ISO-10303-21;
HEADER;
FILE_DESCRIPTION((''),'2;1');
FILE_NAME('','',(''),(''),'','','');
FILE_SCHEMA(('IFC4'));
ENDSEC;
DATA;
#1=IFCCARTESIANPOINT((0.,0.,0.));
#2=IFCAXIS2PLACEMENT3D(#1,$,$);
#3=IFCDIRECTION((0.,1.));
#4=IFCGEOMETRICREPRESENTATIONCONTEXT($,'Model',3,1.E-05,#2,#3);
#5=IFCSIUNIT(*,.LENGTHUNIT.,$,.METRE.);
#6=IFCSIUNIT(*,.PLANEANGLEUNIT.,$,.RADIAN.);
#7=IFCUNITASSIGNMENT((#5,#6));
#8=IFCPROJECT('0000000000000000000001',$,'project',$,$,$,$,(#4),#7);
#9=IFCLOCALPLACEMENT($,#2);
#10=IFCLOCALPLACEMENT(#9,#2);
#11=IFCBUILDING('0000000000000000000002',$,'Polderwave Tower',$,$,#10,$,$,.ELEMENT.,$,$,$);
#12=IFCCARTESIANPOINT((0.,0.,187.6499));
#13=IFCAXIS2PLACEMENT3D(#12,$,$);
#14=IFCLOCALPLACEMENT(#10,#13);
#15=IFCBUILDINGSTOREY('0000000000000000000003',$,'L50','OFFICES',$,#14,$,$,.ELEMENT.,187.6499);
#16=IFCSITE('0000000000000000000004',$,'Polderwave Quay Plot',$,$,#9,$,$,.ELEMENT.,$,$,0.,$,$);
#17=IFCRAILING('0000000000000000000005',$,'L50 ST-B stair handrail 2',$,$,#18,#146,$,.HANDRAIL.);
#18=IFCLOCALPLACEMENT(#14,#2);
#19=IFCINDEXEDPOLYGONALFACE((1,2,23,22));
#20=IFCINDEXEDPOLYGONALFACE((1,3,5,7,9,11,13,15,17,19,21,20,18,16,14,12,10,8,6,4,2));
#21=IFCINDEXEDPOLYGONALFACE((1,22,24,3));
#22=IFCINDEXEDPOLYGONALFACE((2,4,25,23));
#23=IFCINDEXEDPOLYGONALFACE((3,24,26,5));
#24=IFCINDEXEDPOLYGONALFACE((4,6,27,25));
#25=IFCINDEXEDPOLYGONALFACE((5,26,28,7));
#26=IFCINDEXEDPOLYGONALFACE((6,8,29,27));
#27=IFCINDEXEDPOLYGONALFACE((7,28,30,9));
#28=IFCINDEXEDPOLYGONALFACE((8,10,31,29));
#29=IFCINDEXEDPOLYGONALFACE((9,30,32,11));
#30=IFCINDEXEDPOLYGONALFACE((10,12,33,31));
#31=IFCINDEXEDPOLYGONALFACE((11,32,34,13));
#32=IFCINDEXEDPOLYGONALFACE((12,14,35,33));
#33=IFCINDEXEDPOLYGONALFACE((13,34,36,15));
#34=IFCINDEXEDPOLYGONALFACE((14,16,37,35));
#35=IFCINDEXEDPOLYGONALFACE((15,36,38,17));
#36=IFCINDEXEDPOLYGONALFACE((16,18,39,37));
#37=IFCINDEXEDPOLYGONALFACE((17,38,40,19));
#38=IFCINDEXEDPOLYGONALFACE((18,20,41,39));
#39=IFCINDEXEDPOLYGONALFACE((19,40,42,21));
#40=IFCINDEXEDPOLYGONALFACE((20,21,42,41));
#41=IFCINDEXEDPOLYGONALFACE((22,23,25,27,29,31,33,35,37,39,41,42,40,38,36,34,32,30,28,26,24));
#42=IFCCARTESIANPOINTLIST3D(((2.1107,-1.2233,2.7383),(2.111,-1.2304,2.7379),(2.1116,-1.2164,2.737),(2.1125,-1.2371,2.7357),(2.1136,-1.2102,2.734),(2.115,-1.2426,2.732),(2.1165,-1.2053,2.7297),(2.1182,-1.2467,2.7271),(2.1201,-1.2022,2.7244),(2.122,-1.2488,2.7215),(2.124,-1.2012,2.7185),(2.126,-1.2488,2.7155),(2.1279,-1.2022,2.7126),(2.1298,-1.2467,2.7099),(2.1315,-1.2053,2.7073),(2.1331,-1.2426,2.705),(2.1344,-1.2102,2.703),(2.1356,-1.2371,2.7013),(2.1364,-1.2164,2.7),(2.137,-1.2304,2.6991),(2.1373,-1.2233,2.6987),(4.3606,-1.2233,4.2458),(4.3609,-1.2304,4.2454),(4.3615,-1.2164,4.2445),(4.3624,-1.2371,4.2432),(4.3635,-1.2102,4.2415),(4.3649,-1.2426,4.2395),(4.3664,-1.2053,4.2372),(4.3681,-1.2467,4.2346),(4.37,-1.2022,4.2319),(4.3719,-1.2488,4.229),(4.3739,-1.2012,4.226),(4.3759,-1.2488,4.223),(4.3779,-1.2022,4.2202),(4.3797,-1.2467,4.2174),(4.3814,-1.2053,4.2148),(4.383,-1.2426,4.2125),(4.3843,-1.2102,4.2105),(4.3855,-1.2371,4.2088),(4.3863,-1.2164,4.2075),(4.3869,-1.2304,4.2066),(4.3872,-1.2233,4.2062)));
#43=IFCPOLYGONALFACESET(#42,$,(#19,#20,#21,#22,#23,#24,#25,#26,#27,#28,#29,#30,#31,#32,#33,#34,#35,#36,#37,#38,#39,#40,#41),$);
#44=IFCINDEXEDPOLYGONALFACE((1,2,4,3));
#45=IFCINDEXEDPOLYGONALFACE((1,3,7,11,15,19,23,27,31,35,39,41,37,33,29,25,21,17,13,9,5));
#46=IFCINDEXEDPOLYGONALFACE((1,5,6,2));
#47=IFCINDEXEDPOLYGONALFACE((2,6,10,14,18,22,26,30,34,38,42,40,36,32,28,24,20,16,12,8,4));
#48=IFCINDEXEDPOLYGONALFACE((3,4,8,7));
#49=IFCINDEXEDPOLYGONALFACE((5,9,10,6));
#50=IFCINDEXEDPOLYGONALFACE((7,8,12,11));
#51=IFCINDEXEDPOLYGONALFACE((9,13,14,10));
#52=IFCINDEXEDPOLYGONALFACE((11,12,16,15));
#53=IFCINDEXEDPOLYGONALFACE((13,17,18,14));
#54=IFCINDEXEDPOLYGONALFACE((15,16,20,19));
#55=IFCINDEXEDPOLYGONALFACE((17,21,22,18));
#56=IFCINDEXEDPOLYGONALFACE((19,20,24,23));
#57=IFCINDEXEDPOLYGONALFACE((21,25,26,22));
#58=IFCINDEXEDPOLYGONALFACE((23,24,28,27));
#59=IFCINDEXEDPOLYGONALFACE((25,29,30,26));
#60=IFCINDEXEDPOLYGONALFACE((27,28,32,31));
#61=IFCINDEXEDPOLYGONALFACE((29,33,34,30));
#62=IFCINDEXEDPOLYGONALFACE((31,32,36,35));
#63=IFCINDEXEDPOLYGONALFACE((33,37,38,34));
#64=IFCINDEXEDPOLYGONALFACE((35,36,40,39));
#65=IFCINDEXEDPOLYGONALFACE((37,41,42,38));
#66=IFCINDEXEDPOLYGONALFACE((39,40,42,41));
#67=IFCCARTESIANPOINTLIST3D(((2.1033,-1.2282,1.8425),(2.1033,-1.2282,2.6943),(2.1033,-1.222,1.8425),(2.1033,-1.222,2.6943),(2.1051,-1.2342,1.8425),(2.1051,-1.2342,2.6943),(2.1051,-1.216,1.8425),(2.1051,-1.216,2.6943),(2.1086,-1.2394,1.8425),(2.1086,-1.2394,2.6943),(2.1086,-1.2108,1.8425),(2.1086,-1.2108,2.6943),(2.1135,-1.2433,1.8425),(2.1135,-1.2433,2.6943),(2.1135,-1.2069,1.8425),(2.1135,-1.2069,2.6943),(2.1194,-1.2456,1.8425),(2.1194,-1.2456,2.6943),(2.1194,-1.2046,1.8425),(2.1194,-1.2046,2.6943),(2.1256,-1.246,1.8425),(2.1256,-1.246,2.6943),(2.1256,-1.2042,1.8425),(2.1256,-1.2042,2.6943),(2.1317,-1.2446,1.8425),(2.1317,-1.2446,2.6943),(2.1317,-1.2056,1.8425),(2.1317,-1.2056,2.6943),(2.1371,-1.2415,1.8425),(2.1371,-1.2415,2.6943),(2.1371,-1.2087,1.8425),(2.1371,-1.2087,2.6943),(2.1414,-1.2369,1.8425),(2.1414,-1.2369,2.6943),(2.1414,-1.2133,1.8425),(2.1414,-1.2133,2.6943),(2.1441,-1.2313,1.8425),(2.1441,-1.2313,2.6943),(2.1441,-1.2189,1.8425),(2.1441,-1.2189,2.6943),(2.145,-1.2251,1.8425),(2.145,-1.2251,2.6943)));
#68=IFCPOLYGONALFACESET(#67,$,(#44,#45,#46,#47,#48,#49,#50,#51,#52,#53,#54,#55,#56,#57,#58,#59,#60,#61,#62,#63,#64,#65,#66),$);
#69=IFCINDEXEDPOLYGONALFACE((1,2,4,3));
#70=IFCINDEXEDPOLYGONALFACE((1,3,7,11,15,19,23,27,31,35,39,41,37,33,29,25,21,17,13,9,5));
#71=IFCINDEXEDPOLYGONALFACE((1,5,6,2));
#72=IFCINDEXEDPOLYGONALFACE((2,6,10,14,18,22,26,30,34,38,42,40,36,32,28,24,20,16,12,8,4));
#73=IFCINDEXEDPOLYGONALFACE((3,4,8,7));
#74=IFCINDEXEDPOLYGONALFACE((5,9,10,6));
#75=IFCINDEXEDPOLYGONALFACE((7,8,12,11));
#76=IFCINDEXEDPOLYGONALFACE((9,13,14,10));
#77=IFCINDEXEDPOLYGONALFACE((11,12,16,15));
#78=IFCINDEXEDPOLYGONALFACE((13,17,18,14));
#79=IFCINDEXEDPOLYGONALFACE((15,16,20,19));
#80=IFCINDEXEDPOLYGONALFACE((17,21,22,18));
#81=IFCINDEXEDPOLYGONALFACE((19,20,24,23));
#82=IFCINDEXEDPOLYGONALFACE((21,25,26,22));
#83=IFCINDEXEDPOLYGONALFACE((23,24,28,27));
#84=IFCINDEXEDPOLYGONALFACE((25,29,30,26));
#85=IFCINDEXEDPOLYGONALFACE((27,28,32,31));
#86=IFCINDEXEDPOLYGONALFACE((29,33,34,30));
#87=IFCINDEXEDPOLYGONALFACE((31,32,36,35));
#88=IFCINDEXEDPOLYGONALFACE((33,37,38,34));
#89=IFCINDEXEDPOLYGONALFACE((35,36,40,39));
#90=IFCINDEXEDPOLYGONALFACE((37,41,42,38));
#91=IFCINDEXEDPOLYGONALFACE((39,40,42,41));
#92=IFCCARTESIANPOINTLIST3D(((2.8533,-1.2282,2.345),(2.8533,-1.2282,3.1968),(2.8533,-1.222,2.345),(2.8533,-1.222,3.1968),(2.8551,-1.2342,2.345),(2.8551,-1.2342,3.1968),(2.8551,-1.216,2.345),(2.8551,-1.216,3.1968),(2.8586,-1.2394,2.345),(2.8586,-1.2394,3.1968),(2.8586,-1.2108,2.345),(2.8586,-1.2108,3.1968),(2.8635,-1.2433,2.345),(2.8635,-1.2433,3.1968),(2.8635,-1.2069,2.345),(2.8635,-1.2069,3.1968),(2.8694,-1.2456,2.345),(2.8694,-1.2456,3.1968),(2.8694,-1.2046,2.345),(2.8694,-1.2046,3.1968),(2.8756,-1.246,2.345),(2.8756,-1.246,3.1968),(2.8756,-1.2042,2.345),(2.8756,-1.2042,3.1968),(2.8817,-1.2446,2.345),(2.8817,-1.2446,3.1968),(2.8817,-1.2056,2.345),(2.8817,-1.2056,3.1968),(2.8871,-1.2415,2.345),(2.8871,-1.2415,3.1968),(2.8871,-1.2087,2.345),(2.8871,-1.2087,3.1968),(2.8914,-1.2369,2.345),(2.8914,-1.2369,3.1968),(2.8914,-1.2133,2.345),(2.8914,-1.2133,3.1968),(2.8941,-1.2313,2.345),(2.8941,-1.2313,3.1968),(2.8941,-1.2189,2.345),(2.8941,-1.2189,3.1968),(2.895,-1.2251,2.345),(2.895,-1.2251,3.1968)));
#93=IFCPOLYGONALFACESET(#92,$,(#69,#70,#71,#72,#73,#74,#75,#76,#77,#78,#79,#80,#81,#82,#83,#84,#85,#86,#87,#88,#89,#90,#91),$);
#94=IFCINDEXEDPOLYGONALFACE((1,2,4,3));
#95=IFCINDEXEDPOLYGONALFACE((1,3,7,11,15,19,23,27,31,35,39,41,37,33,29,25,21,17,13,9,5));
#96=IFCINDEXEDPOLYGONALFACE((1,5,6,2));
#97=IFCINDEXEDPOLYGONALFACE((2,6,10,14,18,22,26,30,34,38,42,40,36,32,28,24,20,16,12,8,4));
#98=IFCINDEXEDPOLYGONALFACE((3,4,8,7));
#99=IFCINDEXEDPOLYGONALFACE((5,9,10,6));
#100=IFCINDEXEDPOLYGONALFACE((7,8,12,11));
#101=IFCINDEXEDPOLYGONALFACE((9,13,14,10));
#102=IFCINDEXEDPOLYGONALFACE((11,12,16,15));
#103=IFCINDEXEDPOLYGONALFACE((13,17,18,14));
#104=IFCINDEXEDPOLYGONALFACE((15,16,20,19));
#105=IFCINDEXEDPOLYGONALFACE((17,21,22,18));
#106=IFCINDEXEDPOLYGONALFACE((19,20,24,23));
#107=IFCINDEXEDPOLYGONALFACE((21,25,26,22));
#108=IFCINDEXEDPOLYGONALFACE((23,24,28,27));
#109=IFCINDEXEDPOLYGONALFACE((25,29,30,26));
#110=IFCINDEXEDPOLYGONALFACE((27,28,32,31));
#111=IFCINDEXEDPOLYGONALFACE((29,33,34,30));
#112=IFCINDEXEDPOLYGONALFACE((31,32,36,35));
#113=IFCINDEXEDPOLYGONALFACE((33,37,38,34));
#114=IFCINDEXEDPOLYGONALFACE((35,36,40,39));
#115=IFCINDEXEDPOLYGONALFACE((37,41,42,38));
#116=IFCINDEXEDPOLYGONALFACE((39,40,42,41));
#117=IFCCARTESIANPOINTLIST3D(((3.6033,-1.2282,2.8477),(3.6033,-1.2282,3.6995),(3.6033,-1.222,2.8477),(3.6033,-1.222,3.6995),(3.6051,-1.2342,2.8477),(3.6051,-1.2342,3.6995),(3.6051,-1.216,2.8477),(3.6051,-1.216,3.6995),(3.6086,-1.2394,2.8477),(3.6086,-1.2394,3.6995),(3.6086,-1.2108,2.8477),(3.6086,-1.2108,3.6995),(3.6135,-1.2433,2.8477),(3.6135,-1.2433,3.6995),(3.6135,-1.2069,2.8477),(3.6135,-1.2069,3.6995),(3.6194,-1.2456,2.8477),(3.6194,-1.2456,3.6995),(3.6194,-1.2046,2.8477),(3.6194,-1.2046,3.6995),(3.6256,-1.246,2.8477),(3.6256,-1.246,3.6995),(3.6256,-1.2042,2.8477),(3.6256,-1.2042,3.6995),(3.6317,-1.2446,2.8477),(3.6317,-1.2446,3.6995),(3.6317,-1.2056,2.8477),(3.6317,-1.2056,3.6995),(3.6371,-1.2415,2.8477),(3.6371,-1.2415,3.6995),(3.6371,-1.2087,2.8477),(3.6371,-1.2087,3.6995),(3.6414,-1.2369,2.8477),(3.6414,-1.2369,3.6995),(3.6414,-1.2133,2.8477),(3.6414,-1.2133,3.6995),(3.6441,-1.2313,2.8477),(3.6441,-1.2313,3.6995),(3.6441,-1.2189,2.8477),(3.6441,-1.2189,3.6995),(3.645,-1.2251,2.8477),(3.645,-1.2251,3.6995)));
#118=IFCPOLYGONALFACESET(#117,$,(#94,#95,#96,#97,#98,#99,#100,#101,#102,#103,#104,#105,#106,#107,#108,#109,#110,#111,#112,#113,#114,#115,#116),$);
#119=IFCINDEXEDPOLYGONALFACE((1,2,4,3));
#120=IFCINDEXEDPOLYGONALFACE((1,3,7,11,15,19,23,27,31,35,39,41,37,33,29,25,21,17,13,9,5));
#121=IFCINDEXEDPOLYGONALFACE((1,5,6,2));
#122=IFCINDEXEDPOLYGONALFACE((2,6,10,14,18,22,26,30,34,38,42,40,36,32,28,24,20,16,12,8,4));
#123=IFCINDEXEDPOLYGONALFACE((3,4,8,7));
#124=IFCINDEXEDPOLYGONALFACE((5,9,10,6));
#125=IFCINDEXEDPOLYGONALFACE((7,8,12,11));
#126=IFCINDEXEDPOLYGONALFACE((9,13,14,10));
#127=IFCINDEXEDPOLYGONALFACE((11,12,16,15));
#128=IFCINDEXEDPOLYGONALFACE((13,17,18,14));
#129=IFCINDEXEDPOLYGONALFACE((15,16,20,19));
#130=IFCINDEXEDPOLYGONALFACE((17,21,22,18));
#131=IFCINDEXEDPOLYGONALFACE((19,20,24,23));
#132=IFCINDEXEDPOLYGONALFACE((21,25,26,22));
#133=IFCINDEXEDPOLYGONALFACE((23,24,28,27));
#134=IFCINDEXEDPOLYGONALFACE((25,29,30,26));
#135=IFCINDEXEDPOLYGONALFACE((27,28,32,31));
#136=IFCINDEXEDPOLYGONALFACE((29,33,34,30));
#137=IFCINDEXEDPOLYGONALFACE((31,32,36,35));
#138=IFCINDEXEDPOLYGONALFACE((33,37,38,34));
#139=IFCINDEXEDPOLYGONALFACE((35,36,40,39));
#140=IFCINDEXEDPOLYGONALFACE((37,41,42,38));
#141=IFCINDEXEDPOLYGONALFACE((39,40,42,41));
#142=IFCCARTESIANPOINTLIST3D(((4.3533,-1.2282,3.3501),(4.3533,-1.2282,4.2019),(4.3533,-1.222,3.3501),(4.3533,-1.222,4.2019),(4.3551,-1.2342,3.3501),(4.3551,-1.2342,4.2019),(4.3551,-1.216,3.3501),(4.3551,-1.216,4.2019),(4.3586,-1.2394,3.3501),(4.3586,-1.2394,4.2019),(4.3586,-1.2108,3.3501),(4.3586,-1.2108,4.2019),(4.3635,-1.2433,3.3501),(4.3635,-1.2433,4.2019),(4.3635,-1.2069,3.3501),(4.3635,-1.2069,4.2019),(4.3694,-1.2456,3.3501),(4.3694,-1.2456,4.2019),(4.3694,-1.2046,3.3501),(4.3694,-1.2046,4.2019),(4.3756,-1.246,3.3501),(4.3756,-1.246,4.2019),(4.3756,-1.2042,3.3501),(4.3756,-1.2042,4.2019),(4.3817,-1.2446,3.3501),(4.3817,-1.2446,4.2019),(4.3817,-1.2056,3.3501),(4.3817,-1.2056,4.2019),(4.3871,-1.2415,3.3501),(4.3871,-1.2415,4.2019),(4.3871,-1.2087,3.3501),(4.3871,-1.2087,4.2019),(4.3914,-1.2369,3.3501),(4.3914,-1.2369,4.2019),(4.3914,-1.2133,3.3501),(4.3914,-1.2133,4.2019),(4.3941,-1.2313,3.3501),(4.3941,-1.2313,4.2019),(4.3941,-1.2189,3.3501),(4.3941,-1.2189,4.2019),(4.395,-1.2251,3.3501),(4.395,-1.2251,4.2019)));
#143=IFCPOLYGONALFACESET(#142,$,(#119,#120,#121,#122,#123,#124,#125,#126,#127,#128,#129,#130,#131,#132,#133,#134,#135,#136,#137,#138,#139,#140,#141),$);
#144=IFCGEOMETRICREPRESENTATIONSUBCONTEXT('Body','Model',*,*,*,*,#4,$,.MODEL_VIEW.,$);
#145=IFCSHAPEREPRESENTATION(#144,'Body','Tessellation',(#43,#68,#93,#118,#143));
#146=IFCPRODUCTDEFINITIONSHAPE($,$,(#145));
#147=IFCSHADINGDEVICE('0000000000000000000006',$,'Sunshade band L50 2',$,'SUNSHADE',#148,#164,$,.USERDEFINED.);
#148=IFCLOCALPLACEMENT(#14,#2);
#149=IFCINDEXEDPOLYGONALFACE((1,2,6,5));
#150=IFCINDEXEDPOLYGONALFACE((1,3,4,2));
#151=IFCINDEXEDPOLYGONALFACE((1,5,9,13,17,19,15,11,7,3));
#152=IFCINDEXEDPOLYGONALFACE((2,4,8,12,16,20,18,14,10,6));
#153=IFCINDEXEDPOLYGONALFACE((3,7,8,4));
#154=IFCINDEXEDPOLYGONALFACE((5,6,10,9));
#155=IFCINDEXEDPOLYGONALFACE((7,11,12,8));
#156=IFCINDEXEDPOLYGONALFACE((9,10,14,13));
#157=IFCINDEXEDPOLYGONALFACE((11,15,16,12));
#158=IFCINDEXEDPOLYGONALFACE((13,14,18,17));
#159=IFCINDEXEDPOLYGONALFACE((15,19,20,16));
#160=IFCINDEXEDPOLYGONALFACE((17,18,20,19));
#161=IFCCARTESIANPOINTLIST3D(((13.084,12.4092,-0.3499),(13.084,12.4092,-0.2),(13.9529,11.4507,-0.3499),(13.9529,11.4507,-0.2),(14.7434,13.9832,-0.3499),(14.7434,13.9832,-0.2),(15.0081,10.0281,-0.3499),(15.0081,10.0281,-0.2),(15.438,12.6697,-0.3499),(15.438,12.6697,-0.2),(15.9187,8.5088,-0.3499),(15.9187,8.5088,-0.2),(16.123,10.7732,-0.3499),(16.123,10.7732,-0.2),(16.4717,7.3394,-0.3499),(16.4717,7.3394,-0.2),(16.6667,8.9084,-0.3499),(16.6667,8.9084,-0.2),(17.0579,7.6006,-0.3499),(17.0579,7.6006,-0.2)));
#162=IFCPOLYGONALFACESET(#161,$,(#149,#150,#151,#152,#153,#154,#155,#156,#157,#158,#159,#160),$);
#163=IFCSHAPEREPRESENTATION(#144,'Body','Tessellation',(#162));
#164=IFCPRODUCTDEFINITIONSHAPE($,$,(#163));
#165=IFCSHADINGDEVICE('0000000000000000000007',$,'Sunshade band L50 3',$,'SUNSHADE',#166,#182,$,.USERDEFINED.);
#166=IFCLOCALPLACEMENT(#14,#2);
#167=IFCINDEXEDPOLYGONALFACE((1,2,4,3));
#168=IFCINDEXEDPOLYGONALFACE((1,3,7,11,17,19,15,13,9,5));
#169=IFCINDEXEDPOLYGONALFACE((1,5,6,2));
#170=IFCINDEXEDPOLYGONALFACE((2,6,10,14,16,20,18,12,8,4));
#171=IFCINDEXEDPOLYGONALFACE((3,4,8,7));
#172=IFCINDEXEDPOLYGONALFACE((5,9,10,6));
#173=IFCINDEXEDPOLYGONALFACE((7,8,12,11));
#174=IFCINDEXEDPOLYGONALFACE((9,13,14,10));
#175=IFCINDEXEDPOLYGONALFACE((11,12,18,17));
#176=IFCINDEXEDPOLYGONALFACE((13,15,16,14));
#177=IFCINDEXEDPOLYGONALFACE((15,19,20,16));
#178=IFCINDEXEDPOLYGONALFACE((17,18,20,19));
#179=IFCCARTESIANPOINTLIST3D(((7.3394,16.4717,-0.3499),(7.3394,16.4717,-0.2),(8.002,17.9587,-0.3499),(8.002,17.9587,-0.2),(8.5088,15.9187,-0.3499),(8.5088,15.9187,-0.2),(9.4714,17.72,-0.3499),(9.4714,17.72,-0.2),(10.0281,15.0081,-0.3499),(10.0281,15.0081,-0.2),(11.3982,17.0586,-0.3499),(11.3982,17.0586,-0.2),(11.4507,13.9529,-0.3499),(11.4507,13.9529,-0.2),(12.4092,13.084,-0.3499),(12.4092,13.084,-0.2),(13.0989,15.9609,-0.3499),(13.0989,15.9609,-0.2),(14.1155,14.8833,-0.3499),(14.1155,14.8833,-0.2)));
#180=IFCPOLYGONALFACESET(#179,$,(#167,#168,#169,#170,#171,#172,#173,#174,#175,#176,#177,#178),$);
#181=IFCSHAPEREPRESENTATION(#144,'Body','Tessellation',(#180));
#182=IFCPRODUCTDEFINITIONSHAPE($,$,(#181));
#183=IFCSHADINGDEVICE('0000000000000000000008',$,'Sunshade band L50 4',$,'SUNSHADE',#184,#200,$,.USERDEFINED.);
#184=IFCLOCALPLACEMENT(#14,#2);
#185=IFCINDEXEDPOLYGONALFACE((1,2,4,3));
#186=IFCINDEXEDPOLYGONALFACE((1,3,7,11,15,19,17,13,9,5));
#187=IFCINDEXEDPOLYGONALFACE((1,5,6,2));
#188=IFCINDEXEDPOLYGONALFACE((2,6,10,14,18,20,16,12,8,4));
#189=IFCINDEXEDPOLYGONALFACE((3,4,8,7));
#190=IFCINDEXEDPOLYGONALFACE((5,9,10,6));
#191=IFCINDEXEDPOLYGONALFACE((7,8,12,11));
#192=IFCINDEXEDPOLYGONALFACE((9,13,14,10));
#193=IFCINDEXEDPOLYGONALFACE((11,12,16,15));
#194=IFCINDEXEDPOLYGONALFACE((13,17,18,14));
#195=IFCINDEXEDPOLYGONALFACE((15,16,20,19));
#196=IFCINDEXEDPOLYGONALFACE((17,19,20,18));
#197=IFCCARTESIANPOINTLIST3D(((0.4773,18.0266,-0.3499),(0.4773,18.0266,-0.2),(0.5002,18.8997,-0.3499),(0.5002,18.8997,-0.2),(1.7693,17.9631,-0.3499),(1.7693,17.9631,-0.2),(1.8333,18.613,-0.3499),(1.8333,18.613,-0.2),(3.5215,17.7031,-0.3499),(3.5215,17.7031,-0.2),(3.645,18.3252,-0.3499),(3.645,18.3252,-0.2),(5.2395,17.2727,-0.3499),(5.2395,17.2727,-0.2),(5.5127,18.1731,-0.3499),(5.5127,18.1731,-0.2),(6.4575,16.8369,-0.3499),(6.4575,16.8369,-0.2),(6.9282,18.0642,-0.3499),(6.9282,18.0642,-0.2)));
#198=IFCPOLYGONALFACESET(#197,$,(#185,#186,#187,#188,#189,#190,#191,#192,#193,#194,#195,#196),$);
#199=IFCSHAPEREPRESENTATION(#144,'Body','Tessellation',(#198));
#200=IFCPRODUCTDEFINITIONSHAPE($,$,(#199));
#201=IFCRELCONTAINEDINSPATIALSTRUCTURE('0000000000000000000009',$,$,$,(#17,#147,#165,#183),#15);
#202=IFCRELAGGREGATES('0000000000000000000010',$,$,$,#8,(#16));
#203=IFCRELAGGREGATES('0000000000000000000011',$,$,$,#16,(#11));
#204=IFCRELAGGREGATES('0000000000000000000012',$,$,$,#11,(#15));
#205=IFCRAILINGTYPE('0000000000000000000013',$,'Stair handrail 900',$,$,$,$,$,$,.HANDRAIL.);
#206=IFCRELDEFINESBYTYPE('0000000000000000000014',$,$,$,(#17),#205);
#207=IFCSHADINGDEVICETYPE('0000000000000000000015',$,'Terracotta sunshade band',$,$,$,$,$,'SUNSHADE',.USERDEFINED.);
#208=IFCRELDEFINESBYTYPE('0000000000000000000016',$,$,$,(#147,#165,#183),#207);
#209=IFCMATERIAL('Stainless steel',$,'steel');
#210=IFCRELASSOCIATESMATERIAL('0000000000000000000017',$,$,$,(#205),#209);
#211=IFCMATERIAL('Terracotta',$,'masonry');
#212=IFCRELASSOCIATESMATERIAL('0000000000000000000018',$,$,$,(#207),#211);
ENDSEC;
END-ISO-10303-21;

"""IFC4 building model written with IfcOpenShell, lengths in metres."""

from ifc_helpers import new_model, si_unit, direction, frame, origin, origin_2d, place, context, subcontext, project, spatial, polyline, circle, outline, extrude, material, type_object, element, save


model = new_model("IFC4")

# Units and contexts
model_context = context("Model", 3, precision=1e-05, world=origin(), true_north=direction((0.0, 1.0)))
body_context = subcontext(model_context, "Body", "Model", "MODEL_VIEW")
ifc_project = project(units=[si_unit("LENGTHUNIT", "METRE"), si_unit("PLANEANGLEUNIT", "RADIAN")], contexts=[model_context])

# Site, building, storey
site_placement = place(None, origin())
site = spatial("IfcSite", under=ifc_project, at=site_placement, Name="Polderwave Quay Plot", CompositionType="ELEMENT", RefElevation=0.0)
building_placement = place(site_placement, origin())
building = spatial("IfcBuilding", under=site, at=building_placement, Name="Polderwave Tower", CompositionType="ELEMENT")
storey_placement = place(building_placement, frame((0.0, 0.0, 187.6499)))
storey = spatial("IfcBuildingStorey", under=building, at=storey_placement, Name="L50", Description="OFFICES", CompositionType="ELEMENT", Elevation=187.6499)

# Railing
ifc_material_1 = material(Name="Stainless steel", Category="steel")
railing_type_1 = type_object("IfcRailingType", Name="Stair handrail 900", PredefinedType="HANDRAIL", material=ifc_material_1)
railing_1_placement = place(storey_placement, frame((2.124, -1.2251, 1.8425)))
element("IfcRailing", 1, at=railing_1_placement, inside=storey, type_object=railing_type_1, Name="L50 ST-B stair handrail 2", PredefinedType="HANDRAIL", context=body_context, shape_type="SweptSolid", body=[
    extrude(circle(Radius=0.0239, at=origin_2d()), frame((0.0, 0.0, 0.876), z_axis=(0.830758, 0.0, 0.556633), x_axis=(0.0, 1.0, 0.0)), (0.0, 0.0, 1.0), 2.7083),
    extrude(circle(Radius=0.021, at=origin_2d()), origin(), (0.0, 0.0, 1.0), 0.8518),
    extrude(circle(Radius=0.021, at=origin_2d()), frame((0.75, 0.0, 0.5024)), (0.0, 0.0, 1.0), 0.8518),
    extrude(circle(Radius=0.021, at=origin_2d()), frame((1.5, 0.0, 1.0051)), (0.0, 0.0, 1.0), 0.8518),
    extrude(circle(Radius=0.021, at=origin_2d()), frame((2.25, 0.0, 1.5076)), (0.0, 0.0, 1.0), 0.8518),
])

# Shading devices
ifc_material_2 = material(Name="Terracotta", Category="masonry")
shading_device_type = type_object("IfcShadingDeviceType", Name="Terracotta sunshade band", ElementType="SUNSHADE", PredefinedType="USERDEFINED", material=ifc_material_2)
shading_device_1_placement = place(storey_placement, frame((0.0, 0.0, -0.3499)))
element("IfcShadingDevice", 2, at=shading_device_1_placement, inside=storey, type_object=shading_device_type, Name="Sunshade band L50 2", ObjectType="SUNSHADE", PredefinedType="USERDEFINED", context=body_context, shape_type="SweptSolid", body=[
    extrude(outline(polyline([(16.4717, 7.3394), (15.9187, 8.5088), (15.0081, 10.0281), (13.9529, 11.4507), (13.084, 12.4092), (14.7434, 13.9832), (15.438, 12.6697), (16.123, 10.7732), (16.6667, 8.9084), (17.0579, 7.6006), (16.4717, 7.3394)])), origin(), (0.0, 0.0, 1.0), 0.1499),
])
shading_device_2_placement = place(storey_placement, frame((0.0, 0.0, -0.3499)))
element("IfcShadingDevice", 3, at=shading_device_2_placement, inside=storey, type_object=shading_device_type, Name="Sunshade band L50 3", ObjectType="SUNSHADE", PredefinedType="USERDEFINED", context=body_context, shape_type="SweptSolid", body=[
    extrude(outline(polyline([(12.4092, 13.084), (11.4507, 13.9529), (10.0281, 15.0081), (8.5088, 15.9187), (7.3394, 16.4717), (8.002, 17.9587), (9.4714, 17.72), (11.3982, 17.0586), (13.0989, 15.9609), (14.1155, 14.8833), (12.4092, 13.084)])), origin(), (0.0, 0.0, 1.0), 0.1499),
])
shading_device_3_placement = place(storey_placement, frame((0.0, 0.0, -0.3499)))
element("IfcShadingDevice", 4, at=shading_device_3_placement, inside=storey, type_object=shading_device_type, Name="Sunshade band L50 4", ObjectType="SUNSHADE", PredefinedType="USERDEFINED", context=body_context, shape_type="SweptSolid", body=[
    extrude(outline(polyline([(6.4575, 16.8369), (5.2395, 17.2727), (3.5215, 17.7031), (1.7693, 17.9631), (0.4773, 18.0266), (0.5002, 18.8997), (1.8333, 18.613), (3.645, 18.3252), (5.5127, 18.1731), (6.9282, 18.0642), (6.4575, 16.8369)])), origin(), (0.0, 0.0, 1.0), 0.1499),
])

save(model, "model.ifc")
